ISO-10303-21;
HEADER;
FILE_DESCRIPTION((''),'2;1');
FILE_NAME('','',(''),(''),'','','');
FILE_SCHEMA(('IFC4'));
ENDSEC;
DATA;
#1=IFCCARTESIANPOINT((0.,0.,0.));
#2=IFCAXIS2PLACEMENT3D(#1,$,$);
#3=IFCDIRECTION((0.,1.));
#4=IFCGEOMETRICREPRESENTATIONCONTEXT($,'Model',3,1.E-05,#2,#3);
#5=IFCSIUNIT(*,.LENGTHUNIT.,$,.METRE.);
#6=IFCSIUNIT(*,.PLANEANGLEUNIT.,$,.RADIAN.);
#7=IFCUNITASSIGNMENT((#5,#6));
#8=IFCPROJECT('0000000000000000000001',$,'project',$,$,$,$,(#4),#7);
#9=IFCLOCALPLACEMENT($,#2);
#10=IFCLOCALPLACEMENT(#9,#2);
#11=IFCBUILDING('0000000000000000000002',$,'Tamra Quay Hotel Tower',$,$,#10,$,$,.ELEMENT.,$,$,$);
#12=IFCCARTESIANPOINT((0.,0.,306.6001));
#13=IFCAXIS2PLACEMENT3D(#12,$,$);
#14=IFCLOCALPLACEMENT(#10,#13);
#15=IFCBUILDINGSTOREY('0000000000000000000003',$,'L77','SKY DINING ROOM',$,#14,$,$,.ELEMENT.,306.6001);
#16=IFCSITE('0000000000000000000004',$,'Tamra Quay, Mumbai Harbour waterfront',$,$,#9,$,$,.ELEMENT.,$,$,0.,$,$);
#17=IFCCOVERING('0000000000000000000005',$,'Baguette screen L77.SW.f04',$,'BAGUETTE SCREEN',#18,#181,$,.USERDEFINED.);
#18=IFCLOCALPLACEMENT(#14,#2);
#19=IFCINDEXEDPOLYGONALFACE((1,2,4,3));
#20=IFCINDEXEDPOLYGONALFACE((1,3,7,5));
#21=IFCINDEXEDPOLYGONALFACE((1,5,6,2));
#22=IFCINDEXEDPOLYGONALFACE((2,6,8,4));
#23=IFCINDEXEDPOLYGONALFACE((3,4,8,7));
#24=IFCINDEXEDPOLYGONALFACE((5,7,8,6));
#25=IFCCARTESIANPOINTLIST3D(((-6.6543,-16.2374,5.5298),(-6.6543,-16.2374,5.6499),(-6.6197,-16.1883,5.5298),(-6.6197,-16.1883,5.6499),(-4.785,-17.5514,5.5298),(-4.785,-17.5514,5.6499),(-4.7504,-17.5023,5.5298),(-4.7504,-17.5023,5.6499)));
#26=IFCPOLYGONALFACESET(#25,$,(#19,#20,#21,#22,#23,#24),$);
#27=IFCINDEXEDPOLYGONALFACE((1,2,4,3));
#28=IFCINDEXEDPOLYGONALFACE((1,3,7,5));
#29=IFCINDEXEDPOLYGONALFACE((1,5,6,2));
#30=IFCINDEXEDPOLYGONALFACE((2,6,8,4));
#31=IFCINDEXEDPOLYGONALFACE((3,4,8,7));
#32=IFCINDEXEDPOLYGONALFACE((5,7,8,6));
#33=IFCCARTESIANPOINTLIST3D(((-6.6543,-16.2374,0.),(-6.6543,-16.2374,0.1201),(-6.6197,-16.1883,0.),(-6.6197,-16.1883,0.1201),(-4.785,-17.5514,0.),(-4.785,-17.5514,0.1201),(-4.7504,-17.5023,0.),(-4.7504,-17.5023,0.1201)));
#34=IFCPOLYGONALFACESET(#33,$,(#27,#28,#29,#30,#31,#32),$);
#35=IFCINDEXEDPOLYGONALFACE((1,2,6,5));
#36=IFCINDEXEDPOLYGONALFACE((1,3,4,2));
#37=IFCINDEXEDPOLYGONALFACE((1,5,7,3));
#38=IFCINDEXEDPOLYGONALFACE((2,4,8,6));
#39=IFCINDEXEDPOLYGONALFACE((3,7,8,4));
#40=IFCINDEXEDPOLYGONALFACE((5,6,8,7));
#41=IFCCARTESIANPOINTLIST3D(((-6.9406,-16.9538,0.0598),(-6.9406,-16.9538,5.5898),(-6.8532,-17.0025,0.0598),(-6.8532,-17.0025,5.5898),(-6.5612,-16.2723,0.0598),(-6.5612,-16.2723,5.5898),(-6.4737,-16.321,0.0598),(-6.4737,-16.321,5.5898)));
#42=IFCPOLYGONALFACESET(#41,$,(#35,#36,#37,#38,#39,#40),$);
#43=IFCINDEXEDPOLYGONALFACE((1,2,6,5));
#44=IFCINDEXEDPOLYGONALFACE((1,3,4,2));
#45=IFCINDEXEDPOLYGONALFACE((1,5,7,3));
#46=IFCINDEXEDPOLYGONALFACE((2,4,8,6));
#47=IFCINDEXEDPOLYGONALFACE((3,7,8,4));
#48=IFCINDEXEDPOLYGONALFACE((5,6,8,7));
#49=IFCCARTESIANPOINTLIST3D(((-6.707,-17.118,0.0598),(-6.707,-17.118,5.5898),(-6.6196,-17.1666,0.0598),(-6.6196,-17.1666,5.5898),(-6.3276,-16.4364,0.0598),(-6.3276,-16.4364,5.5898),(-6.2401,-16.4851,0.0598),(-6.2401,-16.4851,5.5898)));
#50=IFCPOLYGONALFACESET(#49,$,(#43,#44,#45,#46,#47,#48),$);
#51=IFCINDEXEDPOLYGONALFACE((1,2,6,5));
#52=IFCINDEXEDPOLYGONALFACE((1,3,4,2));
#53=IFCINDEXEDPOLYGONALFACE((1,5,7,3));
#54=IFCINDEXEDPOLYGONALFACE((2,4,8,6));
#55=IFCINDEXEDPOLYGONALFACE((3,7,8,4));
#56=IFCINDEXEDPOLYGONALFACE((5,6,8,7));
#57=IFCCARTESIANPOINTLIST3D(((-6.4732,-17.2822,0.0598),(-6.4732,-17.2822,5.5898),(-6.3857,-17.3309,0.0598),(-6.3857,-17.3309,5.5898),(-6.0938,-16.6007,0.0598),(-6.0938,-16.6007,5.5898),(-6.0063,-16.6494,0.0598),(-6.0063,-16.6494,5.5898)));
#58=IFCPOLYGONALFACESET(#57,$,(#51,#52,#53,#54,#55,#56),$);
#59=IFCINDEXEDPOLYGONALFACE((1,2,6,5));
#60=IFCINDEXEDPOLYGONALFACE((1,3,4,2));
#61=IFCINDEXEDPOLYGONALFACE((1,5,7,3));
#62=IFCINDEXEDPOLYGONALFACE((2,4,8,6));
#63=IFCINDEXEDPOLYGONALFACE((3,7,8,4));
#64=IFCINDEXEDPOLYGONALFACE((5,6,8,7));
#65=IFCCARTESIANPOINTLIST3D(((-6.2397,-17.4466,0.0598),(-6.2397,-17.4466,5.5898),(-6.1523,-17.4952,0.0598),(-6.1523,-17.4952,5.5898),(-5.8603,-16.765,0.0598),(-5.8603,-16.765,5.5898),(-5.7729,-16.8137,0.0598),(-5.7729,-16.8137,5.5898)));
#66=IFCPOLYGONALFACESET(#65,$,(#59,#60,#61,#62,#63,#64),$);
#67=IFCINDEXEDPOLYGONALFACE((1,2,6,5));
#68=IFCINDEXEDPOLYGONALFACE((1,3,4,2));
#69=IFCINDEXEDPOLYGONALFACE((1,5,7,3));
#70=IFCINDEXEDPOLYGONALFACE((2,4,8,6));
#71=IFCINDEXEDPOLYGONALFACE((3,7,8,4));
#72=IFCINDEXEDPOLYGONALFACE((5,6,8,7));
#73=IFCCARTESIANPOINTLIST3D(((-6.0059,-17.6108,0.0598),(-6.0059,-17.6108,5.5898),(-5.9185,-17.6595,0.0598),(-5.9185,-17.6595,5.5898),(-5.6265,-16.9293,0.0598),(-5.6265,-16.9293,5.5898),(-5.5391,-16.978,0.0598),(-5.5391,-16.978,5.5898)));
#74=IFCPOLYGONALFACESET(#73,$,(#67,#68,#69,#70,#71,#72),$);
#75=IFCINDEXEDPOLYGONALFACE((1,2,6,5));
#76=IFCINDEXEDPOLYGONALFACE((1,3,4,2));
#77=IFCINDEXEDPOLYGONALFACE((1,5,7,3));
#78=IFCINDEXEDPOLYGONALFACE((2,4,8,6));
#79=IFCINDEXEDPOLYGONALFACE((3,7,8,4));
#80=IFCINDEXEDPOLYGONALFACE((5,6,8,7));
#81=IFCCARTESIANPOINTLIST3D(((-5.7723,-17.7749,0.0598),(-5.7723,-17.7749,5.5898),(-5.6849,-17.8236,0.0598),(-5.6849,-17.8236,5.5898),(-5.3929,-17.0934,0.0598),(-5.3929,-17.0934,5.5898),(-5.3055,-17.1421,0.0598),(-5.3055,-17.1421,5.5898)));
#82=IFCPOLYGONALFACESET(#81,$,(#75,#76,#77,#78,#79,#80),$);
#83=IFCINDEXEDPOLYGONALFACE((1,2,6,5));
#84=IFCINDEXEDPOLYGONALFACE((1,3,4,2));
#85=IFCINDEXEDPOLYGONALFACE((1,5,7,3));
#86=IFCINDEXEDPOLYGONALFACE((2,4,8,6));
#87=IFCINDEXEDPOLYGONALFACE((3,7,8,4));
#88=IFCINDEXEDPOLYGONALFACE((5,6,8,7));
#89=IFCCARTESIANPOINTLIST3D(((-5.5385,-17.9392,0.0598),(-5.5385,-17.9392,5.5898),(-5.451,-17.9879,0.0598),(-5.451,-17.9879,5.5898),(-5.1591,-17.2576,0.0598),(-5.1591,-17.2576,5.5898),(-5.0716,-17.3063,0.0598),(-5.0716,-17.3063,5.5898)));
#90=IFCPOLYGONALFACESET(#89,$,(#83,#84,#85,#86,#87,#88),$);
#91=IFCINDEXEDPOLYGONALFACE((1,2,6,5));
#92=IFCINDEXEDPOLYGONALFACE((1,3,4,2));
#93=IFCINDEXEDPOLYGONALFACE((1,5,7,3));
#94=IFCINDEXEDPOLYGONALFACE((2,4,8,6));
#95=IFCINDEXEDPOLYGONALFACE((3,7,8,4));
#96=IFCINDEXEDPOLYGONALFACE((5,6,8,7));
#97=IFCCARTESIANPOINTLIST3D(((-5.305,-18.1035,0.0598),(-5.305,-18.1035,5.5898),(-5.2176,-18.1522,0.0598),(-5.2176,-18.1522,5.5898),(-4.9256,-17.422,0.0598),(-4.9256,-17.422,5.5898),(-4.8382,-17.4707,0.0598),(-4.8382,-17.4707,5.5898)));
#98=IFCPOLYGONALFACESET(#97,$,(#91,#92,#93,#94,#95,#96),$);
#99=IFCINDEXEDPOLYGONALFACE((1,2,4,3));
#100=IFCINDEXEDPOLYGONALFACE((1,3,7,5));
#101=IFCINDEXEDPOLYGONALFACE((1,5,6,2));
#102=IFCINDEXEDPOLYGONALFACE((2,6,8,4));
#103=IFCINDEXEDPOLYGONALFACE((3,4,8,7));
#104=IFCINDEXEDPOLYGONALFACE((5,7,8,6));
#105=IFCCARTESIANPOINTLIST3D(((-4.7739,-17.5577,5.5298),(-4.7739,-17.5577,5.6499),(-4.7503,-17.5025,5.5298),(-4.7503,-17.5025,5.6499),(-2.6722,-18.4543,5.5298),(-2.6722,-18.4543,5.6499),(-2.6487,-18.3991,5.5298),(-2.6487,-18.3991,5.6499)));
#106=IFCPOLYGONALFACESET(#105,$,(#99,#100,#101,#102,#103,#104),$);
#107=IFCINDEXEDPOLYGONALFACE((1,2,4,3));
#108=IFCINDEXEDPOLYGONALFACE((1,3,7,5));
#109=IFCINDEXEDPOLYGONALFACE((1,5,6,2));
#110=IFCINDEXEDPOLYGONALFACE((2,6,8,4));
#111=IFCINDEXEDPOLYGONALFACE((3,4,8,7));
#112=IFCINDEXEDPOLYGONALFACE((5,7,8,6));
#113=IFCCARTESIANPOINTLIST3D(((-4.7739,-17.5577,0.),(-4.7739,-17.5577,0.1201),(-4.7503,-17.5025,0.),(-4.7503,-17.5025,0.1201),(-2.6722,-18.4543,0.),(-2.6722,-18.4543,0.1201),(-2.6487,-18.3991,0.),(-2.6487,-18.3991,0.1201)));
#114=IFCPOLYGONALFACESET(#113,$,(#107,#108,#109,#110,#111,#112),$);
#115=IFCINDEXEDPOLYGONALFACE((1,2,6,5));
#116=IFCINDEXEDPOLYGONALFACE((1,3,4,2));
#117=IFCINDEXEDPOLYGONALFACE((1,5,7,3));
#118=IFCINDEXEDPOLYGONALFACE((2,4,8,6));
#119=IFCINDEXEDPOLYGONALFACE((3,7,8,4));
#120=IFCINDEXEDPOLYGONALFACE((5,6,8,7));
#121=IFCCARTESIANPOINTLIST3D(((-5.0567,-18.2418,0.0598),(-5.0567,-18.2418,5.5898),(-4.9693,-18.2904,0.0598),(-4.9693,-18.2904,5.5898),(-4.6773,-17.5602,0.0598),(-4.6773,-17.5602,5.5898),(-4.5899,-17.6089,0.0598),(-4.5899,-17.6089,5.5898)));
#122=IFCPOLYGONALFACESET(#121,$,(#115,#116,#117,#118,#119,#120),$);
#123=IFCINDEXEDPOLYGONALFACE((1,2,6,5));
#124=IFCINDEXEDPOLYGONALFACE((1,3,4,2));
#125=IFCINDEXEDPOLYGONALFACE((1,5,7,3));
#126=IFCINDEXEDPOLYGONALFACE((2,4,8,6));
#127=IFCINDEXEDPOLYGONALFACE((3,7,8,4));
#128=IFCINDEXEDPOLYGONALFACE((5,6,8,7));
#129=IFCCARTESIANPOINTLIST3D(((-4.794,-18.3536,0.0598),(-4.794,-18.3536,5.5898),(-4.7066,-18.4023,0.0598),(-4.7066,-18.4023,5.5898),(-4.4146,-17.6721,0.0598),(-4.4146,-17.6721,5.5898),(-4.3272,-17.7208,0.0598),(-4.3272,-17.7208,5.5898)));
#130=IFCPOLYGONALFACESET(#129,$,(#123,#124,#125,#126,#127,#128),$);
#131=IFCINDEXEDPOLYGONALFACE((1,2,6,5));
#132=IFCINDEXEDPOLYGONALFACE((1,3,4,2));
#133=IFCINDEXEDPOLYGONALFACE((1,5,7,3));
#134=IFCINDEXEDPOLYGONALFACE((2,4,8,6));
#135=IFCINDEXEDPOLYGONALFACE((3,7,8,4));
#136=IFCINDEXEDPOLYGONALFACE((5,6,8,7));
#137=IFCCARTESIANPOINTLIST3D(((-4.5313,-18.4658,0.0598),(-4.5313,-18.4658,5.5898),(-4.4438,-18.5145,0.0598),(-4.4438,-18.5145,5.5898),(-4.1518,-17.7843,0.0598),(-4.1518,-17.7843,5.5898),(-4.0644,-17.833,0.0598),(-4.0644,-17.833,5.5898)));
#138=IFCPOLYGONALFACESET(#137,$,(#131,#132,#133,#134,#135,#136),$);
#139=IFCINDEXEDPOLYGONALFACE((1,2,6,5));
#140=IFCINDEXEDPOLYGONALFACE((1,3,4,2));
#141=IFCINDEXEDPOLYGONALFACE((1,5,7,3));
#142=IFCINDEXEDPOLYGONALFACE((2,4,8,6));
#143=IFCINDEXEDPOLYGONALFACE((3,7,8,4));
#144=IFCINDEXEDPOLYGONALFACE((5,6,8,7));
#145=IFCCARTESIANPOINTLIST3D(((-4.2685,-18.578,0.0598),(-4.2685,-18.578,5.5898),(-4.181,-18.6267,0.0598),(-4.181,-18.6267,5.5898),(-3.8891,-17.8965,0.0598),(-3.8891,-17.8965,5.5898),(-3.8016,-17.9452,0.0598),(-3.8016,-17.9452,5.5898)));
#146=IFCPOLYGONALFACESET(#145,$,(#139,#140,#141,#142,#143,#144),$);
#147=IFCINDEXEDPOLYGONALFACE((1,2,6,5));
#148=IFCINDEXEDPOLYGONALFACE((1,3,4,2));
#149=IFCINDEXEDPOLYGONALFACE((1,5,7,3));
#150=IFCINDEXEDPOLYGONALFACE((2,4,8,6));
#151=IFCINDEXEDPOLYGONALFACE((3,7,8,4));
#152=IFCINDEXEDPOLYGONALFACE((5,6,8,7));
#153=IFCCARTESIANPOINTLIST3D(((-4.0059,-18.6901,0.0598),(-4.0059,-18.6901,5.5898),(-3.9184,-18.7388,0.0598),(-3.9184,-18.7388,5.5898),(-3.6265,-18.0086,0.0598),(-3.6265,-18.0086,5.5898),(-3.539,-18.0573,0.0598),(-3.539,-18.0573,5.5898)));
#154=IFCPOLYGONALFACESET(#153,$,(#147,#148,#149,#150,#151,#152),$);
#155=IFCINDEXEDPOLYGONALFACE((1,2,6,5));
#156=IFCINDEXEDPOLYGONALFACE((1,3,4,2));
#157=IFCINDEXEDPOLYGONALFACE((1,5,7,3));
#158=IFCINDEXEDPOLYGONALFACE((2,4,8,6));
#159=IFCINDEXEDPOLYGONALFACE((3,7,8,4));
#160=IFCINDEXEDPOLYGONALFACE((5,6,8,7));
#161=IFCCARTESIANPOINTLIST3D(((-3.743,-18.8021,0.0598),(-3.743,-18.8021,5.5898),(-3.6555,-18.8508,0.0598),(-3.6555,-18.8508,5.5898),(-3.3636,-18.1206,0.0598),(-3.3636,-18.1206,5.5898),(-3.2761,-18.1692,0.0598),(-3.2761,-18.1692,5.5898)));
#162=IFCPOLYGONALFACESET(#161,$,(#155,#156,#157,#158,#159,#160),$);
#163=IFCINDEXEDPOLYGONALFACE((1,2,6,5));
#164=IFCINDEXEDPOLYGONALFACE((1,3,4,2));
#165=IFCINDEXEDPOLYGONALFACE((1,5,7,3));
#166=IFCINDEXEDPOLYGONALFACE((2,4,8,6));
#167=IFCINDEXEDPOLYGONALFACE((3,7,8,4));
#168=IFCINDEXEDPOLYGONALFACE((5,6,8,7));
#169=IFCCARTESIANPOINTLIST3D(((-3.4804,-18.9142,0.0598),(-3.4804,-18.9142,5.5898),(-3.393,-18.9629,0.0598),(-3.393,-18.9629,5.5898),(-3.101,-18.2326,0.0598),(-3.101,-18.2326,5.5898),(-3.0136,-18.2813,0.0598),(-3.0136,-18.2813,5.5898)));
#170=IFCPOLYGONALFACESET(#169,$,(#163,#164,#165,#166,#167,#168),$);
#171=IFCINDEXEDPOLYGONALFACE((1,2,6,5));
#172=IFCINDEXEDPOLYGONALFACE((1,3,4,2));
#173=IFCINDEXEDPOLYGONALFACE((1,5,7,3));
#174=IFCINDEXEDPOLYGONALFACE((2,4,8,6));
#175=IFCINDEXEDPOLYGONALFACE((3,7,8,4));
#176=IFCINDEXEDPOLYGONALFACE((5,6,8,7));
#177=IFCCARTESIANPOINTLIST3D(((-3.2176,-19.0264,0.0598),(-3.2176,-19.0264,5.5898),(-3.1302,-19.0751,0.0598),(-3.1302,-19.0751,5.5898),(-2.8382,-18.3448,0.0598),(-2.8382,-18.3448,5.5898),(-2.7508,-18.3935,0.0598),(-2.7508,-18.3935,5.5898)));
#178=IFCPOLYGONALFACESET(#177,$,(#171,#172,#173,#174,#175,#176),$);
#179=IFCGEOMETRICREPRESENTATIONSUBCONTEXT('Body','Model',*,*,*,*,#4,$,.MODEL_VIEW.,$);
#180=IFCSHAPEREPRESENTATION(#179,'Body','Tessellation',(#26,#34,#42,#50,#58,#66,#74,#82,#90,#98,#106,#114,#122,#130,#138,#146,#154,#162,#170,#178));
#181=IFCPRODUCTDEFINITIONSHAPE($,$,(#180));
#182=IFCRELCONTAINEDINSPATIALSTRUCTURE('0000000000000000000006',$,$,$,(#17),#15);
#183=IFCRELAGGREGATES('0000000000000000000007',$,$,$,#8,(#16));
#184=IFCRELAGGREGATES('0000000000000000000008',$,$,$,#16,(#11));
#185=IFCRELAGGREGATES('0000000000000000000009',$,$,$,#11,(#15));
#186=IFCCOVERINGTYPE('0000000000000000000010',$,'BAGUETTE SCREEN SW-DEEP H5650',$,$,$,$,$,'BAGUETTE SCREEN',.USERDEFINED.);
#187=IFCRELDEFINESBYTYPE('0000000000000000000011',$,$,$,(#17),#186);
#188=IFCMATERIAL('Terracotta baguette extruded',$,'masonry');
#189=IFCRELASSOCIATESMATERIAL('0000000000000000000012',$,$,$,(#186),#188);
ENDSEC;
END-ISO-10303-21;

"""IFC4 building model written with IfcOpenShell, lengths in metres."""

from ifc_helpers import new_model, si_unit, direction, frame, frame_2d, origin, place, context, subcontext, project, spatial, rectangle, extrude, source, transform, mapped, material, type_object, element, save


model = new_model("IFC4")

# Units and contexts
model_context = context("Model", 3, precision=1e-05, world=origin(), true_north=direction((0.0, 1.0)))
body_context = subcontext(model_context, "Body", "Model", "MODEL_VIEW")
ifc_project = project(units=[si_unit("LENGTHUNIT", "METRE"), si_unit("PLANEANGLEUNIT", "RADIAN")], contexts=[model_context])

# Site, building, storey
site_placement = place(None, origin())
site = spatial("IfcSite", under=ifc_project, at=site_placement, Name="Tamra Quay, Mumbai Harbour waterfront", CompositionType="ELEMENT", RefElevation=0.0)
building_placement = place(site_placement, origin())
building = spatial("IfcBuilding", under=site, at=building_placement, Name="Tamra Quay Hotel Tower", CompositionType="ELEMENT")
storey_placement = place(building_placement, frame((0.0, 0.0, 306.6001)))
storey = spatial("IfcBuildingStorey", under=building, at=storey_placement, Name="L77", Description="SKY DINING ROOM", CompositionType="ELEMENT", Elevation=306.6001)

# Covering
ifc_material_1 = material(Name="Terracotta baguette extruded", Category="masonry")
covering_type_1 = type_object("IfcCoveringType", Name="BAGUETTE SCREEN SW-DEEP H5650", ElementType="BAGUETTE SCREEN", PredefinedType="USERDEFINED", material=ifc_material_1)
shared_shape_1 = source(origin(), body_context, "Body", "SweptSolid", [
    extrude(rectangle(XDim=2.2849, YDim=0.0601, at=frame_2d((1.1426, 0.03))), frame((-2.2788, -0.0576, -0.1201), z_axis=(0.0, 0.0, 1.0), x_axis=(0.994522, -0.104528, 0.0)), (0.0, 0.0, 1.0), 0.1201),
    extrude(rectangle(XDim=2.2849, YDim=0.0601, at=frame_2d((1.1426, 0.03))), frame((-2.2788, -0.0576, -5.6499), z_axis=(0.0, 0.0, 1.0), x_axis=(0.994522, -0.104528, 0.0)), (0.0, 0.0, 1.0), 0.1201),
    extrude(rectangle(XDim=0.1001, YDim=0.78, at=frame_2d((0.05, 0.3901))), frame((-2.1804, -0.823, -5.5901)), (0.0, 0.0, 1.0), 5.53),
    extrude(rectangle(XDim=0.1001, YDim=0.78, at=frame_2d((0.05, 0.3901))), frame((-1.8965, -0.8528, -5.5901)), (0.0, 0.0, 1.0), 5.53),
    extrude(rectangle(XDim=0.1001, YDim=0.78, at=frame_2d((0.05, 0.3901))), frame((-1.6123, -0.8826, -5.5901)), (0.0, 0.0, 1.0), 5.53),
    extrude(rectangle(XDim=0.1001, YDim=0.78, at=frame_2d((0.05, 0.3901))), frame((-1.3284, -0.9126, -5.5901)), (0.0, 0.0, 1.0), 5.53),
    extrude(rectangle(XDim=0.1001, YDim=0.78, at=frame_2d((0.05, 0.3901))), frame((-1.0442, -0.9424, -5.5901)), (0.0, 0.0, 1.0), 5.53),
    extrude(rectangle(XDim=0.1001, YDim=0.78, at=frame_2d((0.05, 0.3901))), frame((-0.7603, -0.9722, -5.5901)), (0.0, 0.0, 1.0), 5.53),
    extrude(rectangle(XDim=0.1001, YDim=0.78, at=frame_2d((0.05, 0.3901))), frame((-0.4761, -1.002, -5.5901)), (0.0, 0.0, 1.0), 5.53),
    extrude(rectangle(XDim=0.1001, YDim=0.78, at=frame_2d((0.05, 0.3901))), frame((-0.1921, -1.032, -5.5901)), (0.0, 0.0, 1.0), 5.53),
    extrude(rectangle(XDim=2.2849, YDim=0.0601, at=frame_2d((1.1426, 0.03))), frame((0.0063, -0.2966, -0.1201), z_axis=(0.0, 0.0, 1.0), x_axis=(0.994522, 0.104528, 0.0)), (0.0, 0.0, 1.0), 0.1201),
    extrude(rectangle(XDim=2.2849, YDim=0.0601, at=frame_2d((1.1426, 0.03))), frame((0.0063, -0.2966, -5.6499), z_axis=(0.0, 0.0, 1.0), x_axis=(0.994522, 0.104528, 0.0)), (0.0, 0.0, 1.0), 0.1201),
    extrude(rectangle(XDim=0.1001, YDim=0.78, at=frame_2d((0.05, 0.3901))), frame((0.092, -1.032, -5.5901)), (0.0, 0.0, 1.0), 5.53),
    extrude(rectangle(XDim=0.1001, YDim=0.78, at=frame_2d((0.05, 0.3901))), frame((0.376, -1.002, -5.5901)), (0.0, 0.0, 1.0), 5.53),
    extrude(rectangle(XDim=0.1001, YDim=0.78, at=frame_2d((0.05, 0.3901))), frame((0.6602, -0.9722, -5.5901)), (0.0, 0.0, 1.0), 5.53),
    extrude(rectangle(XDim=0.1001, YDim=0.78, at=frame_2d((0.05, 0.3901))), frame((0.9443, -0.9424, -5.5901)), (0.0, 0.0, 1.0), 5.53),
    extrude(rectangle(XDim=0.1001, YDim=0.78, at=frame_2d((0.05, 0.3901))), frame((1.2283, -0.9126, -5.5901)), (0.0, 0.0, 1.0), 5.53),
    extrude(rectangle(XDim=0.1001, YDim=0.78, at=frame_2d((0.05, 0.3901))), frame((1.5125, -0.8826, -5.5901)), (0.0, 0.0, 1.0), 5.53),
    extrude(rectangle(XDim=0.1001, YDim=0.78, at=frame_2d((0.05, 0.3901))), frame((1.7964, -0.8528, -5.5901)), (0.0, 0.0, 1.0), 5.53),
    extrude(rectangle(XDim=0.1001, YDim=0.78, at=frame_2d((0.05, 0.3901))), frame((2.0806, -0.823, -5.5901)), (0.0, 0.0, 1.0), 5.53),
])
for number, where, z_axis, x_axis, name in (
    (1, (-4.6353, -17.2954, 5.6499), (0.0, 0.0, 1.0), (0.873736, -0.486401, 0.0), "Baguette screen L77.SW.f04"),
):
    element("IfcCovering", number, at=place(storey_placement, frame(where, z_axis=z_axis, x_axis=x_axis)), inside=storey, type_object=covering_type_1, Name=name, ObjectType="BAGUETTE SCREEN", PredefinedType="USERDEFINED", context=body_context, shape_type="MappedRepresentation", body=[
        mapped(shared_shape_1, transform((0.0, 0.0, 0.0), scale=1.0)),
    ])

save(model, "model.ifc")
